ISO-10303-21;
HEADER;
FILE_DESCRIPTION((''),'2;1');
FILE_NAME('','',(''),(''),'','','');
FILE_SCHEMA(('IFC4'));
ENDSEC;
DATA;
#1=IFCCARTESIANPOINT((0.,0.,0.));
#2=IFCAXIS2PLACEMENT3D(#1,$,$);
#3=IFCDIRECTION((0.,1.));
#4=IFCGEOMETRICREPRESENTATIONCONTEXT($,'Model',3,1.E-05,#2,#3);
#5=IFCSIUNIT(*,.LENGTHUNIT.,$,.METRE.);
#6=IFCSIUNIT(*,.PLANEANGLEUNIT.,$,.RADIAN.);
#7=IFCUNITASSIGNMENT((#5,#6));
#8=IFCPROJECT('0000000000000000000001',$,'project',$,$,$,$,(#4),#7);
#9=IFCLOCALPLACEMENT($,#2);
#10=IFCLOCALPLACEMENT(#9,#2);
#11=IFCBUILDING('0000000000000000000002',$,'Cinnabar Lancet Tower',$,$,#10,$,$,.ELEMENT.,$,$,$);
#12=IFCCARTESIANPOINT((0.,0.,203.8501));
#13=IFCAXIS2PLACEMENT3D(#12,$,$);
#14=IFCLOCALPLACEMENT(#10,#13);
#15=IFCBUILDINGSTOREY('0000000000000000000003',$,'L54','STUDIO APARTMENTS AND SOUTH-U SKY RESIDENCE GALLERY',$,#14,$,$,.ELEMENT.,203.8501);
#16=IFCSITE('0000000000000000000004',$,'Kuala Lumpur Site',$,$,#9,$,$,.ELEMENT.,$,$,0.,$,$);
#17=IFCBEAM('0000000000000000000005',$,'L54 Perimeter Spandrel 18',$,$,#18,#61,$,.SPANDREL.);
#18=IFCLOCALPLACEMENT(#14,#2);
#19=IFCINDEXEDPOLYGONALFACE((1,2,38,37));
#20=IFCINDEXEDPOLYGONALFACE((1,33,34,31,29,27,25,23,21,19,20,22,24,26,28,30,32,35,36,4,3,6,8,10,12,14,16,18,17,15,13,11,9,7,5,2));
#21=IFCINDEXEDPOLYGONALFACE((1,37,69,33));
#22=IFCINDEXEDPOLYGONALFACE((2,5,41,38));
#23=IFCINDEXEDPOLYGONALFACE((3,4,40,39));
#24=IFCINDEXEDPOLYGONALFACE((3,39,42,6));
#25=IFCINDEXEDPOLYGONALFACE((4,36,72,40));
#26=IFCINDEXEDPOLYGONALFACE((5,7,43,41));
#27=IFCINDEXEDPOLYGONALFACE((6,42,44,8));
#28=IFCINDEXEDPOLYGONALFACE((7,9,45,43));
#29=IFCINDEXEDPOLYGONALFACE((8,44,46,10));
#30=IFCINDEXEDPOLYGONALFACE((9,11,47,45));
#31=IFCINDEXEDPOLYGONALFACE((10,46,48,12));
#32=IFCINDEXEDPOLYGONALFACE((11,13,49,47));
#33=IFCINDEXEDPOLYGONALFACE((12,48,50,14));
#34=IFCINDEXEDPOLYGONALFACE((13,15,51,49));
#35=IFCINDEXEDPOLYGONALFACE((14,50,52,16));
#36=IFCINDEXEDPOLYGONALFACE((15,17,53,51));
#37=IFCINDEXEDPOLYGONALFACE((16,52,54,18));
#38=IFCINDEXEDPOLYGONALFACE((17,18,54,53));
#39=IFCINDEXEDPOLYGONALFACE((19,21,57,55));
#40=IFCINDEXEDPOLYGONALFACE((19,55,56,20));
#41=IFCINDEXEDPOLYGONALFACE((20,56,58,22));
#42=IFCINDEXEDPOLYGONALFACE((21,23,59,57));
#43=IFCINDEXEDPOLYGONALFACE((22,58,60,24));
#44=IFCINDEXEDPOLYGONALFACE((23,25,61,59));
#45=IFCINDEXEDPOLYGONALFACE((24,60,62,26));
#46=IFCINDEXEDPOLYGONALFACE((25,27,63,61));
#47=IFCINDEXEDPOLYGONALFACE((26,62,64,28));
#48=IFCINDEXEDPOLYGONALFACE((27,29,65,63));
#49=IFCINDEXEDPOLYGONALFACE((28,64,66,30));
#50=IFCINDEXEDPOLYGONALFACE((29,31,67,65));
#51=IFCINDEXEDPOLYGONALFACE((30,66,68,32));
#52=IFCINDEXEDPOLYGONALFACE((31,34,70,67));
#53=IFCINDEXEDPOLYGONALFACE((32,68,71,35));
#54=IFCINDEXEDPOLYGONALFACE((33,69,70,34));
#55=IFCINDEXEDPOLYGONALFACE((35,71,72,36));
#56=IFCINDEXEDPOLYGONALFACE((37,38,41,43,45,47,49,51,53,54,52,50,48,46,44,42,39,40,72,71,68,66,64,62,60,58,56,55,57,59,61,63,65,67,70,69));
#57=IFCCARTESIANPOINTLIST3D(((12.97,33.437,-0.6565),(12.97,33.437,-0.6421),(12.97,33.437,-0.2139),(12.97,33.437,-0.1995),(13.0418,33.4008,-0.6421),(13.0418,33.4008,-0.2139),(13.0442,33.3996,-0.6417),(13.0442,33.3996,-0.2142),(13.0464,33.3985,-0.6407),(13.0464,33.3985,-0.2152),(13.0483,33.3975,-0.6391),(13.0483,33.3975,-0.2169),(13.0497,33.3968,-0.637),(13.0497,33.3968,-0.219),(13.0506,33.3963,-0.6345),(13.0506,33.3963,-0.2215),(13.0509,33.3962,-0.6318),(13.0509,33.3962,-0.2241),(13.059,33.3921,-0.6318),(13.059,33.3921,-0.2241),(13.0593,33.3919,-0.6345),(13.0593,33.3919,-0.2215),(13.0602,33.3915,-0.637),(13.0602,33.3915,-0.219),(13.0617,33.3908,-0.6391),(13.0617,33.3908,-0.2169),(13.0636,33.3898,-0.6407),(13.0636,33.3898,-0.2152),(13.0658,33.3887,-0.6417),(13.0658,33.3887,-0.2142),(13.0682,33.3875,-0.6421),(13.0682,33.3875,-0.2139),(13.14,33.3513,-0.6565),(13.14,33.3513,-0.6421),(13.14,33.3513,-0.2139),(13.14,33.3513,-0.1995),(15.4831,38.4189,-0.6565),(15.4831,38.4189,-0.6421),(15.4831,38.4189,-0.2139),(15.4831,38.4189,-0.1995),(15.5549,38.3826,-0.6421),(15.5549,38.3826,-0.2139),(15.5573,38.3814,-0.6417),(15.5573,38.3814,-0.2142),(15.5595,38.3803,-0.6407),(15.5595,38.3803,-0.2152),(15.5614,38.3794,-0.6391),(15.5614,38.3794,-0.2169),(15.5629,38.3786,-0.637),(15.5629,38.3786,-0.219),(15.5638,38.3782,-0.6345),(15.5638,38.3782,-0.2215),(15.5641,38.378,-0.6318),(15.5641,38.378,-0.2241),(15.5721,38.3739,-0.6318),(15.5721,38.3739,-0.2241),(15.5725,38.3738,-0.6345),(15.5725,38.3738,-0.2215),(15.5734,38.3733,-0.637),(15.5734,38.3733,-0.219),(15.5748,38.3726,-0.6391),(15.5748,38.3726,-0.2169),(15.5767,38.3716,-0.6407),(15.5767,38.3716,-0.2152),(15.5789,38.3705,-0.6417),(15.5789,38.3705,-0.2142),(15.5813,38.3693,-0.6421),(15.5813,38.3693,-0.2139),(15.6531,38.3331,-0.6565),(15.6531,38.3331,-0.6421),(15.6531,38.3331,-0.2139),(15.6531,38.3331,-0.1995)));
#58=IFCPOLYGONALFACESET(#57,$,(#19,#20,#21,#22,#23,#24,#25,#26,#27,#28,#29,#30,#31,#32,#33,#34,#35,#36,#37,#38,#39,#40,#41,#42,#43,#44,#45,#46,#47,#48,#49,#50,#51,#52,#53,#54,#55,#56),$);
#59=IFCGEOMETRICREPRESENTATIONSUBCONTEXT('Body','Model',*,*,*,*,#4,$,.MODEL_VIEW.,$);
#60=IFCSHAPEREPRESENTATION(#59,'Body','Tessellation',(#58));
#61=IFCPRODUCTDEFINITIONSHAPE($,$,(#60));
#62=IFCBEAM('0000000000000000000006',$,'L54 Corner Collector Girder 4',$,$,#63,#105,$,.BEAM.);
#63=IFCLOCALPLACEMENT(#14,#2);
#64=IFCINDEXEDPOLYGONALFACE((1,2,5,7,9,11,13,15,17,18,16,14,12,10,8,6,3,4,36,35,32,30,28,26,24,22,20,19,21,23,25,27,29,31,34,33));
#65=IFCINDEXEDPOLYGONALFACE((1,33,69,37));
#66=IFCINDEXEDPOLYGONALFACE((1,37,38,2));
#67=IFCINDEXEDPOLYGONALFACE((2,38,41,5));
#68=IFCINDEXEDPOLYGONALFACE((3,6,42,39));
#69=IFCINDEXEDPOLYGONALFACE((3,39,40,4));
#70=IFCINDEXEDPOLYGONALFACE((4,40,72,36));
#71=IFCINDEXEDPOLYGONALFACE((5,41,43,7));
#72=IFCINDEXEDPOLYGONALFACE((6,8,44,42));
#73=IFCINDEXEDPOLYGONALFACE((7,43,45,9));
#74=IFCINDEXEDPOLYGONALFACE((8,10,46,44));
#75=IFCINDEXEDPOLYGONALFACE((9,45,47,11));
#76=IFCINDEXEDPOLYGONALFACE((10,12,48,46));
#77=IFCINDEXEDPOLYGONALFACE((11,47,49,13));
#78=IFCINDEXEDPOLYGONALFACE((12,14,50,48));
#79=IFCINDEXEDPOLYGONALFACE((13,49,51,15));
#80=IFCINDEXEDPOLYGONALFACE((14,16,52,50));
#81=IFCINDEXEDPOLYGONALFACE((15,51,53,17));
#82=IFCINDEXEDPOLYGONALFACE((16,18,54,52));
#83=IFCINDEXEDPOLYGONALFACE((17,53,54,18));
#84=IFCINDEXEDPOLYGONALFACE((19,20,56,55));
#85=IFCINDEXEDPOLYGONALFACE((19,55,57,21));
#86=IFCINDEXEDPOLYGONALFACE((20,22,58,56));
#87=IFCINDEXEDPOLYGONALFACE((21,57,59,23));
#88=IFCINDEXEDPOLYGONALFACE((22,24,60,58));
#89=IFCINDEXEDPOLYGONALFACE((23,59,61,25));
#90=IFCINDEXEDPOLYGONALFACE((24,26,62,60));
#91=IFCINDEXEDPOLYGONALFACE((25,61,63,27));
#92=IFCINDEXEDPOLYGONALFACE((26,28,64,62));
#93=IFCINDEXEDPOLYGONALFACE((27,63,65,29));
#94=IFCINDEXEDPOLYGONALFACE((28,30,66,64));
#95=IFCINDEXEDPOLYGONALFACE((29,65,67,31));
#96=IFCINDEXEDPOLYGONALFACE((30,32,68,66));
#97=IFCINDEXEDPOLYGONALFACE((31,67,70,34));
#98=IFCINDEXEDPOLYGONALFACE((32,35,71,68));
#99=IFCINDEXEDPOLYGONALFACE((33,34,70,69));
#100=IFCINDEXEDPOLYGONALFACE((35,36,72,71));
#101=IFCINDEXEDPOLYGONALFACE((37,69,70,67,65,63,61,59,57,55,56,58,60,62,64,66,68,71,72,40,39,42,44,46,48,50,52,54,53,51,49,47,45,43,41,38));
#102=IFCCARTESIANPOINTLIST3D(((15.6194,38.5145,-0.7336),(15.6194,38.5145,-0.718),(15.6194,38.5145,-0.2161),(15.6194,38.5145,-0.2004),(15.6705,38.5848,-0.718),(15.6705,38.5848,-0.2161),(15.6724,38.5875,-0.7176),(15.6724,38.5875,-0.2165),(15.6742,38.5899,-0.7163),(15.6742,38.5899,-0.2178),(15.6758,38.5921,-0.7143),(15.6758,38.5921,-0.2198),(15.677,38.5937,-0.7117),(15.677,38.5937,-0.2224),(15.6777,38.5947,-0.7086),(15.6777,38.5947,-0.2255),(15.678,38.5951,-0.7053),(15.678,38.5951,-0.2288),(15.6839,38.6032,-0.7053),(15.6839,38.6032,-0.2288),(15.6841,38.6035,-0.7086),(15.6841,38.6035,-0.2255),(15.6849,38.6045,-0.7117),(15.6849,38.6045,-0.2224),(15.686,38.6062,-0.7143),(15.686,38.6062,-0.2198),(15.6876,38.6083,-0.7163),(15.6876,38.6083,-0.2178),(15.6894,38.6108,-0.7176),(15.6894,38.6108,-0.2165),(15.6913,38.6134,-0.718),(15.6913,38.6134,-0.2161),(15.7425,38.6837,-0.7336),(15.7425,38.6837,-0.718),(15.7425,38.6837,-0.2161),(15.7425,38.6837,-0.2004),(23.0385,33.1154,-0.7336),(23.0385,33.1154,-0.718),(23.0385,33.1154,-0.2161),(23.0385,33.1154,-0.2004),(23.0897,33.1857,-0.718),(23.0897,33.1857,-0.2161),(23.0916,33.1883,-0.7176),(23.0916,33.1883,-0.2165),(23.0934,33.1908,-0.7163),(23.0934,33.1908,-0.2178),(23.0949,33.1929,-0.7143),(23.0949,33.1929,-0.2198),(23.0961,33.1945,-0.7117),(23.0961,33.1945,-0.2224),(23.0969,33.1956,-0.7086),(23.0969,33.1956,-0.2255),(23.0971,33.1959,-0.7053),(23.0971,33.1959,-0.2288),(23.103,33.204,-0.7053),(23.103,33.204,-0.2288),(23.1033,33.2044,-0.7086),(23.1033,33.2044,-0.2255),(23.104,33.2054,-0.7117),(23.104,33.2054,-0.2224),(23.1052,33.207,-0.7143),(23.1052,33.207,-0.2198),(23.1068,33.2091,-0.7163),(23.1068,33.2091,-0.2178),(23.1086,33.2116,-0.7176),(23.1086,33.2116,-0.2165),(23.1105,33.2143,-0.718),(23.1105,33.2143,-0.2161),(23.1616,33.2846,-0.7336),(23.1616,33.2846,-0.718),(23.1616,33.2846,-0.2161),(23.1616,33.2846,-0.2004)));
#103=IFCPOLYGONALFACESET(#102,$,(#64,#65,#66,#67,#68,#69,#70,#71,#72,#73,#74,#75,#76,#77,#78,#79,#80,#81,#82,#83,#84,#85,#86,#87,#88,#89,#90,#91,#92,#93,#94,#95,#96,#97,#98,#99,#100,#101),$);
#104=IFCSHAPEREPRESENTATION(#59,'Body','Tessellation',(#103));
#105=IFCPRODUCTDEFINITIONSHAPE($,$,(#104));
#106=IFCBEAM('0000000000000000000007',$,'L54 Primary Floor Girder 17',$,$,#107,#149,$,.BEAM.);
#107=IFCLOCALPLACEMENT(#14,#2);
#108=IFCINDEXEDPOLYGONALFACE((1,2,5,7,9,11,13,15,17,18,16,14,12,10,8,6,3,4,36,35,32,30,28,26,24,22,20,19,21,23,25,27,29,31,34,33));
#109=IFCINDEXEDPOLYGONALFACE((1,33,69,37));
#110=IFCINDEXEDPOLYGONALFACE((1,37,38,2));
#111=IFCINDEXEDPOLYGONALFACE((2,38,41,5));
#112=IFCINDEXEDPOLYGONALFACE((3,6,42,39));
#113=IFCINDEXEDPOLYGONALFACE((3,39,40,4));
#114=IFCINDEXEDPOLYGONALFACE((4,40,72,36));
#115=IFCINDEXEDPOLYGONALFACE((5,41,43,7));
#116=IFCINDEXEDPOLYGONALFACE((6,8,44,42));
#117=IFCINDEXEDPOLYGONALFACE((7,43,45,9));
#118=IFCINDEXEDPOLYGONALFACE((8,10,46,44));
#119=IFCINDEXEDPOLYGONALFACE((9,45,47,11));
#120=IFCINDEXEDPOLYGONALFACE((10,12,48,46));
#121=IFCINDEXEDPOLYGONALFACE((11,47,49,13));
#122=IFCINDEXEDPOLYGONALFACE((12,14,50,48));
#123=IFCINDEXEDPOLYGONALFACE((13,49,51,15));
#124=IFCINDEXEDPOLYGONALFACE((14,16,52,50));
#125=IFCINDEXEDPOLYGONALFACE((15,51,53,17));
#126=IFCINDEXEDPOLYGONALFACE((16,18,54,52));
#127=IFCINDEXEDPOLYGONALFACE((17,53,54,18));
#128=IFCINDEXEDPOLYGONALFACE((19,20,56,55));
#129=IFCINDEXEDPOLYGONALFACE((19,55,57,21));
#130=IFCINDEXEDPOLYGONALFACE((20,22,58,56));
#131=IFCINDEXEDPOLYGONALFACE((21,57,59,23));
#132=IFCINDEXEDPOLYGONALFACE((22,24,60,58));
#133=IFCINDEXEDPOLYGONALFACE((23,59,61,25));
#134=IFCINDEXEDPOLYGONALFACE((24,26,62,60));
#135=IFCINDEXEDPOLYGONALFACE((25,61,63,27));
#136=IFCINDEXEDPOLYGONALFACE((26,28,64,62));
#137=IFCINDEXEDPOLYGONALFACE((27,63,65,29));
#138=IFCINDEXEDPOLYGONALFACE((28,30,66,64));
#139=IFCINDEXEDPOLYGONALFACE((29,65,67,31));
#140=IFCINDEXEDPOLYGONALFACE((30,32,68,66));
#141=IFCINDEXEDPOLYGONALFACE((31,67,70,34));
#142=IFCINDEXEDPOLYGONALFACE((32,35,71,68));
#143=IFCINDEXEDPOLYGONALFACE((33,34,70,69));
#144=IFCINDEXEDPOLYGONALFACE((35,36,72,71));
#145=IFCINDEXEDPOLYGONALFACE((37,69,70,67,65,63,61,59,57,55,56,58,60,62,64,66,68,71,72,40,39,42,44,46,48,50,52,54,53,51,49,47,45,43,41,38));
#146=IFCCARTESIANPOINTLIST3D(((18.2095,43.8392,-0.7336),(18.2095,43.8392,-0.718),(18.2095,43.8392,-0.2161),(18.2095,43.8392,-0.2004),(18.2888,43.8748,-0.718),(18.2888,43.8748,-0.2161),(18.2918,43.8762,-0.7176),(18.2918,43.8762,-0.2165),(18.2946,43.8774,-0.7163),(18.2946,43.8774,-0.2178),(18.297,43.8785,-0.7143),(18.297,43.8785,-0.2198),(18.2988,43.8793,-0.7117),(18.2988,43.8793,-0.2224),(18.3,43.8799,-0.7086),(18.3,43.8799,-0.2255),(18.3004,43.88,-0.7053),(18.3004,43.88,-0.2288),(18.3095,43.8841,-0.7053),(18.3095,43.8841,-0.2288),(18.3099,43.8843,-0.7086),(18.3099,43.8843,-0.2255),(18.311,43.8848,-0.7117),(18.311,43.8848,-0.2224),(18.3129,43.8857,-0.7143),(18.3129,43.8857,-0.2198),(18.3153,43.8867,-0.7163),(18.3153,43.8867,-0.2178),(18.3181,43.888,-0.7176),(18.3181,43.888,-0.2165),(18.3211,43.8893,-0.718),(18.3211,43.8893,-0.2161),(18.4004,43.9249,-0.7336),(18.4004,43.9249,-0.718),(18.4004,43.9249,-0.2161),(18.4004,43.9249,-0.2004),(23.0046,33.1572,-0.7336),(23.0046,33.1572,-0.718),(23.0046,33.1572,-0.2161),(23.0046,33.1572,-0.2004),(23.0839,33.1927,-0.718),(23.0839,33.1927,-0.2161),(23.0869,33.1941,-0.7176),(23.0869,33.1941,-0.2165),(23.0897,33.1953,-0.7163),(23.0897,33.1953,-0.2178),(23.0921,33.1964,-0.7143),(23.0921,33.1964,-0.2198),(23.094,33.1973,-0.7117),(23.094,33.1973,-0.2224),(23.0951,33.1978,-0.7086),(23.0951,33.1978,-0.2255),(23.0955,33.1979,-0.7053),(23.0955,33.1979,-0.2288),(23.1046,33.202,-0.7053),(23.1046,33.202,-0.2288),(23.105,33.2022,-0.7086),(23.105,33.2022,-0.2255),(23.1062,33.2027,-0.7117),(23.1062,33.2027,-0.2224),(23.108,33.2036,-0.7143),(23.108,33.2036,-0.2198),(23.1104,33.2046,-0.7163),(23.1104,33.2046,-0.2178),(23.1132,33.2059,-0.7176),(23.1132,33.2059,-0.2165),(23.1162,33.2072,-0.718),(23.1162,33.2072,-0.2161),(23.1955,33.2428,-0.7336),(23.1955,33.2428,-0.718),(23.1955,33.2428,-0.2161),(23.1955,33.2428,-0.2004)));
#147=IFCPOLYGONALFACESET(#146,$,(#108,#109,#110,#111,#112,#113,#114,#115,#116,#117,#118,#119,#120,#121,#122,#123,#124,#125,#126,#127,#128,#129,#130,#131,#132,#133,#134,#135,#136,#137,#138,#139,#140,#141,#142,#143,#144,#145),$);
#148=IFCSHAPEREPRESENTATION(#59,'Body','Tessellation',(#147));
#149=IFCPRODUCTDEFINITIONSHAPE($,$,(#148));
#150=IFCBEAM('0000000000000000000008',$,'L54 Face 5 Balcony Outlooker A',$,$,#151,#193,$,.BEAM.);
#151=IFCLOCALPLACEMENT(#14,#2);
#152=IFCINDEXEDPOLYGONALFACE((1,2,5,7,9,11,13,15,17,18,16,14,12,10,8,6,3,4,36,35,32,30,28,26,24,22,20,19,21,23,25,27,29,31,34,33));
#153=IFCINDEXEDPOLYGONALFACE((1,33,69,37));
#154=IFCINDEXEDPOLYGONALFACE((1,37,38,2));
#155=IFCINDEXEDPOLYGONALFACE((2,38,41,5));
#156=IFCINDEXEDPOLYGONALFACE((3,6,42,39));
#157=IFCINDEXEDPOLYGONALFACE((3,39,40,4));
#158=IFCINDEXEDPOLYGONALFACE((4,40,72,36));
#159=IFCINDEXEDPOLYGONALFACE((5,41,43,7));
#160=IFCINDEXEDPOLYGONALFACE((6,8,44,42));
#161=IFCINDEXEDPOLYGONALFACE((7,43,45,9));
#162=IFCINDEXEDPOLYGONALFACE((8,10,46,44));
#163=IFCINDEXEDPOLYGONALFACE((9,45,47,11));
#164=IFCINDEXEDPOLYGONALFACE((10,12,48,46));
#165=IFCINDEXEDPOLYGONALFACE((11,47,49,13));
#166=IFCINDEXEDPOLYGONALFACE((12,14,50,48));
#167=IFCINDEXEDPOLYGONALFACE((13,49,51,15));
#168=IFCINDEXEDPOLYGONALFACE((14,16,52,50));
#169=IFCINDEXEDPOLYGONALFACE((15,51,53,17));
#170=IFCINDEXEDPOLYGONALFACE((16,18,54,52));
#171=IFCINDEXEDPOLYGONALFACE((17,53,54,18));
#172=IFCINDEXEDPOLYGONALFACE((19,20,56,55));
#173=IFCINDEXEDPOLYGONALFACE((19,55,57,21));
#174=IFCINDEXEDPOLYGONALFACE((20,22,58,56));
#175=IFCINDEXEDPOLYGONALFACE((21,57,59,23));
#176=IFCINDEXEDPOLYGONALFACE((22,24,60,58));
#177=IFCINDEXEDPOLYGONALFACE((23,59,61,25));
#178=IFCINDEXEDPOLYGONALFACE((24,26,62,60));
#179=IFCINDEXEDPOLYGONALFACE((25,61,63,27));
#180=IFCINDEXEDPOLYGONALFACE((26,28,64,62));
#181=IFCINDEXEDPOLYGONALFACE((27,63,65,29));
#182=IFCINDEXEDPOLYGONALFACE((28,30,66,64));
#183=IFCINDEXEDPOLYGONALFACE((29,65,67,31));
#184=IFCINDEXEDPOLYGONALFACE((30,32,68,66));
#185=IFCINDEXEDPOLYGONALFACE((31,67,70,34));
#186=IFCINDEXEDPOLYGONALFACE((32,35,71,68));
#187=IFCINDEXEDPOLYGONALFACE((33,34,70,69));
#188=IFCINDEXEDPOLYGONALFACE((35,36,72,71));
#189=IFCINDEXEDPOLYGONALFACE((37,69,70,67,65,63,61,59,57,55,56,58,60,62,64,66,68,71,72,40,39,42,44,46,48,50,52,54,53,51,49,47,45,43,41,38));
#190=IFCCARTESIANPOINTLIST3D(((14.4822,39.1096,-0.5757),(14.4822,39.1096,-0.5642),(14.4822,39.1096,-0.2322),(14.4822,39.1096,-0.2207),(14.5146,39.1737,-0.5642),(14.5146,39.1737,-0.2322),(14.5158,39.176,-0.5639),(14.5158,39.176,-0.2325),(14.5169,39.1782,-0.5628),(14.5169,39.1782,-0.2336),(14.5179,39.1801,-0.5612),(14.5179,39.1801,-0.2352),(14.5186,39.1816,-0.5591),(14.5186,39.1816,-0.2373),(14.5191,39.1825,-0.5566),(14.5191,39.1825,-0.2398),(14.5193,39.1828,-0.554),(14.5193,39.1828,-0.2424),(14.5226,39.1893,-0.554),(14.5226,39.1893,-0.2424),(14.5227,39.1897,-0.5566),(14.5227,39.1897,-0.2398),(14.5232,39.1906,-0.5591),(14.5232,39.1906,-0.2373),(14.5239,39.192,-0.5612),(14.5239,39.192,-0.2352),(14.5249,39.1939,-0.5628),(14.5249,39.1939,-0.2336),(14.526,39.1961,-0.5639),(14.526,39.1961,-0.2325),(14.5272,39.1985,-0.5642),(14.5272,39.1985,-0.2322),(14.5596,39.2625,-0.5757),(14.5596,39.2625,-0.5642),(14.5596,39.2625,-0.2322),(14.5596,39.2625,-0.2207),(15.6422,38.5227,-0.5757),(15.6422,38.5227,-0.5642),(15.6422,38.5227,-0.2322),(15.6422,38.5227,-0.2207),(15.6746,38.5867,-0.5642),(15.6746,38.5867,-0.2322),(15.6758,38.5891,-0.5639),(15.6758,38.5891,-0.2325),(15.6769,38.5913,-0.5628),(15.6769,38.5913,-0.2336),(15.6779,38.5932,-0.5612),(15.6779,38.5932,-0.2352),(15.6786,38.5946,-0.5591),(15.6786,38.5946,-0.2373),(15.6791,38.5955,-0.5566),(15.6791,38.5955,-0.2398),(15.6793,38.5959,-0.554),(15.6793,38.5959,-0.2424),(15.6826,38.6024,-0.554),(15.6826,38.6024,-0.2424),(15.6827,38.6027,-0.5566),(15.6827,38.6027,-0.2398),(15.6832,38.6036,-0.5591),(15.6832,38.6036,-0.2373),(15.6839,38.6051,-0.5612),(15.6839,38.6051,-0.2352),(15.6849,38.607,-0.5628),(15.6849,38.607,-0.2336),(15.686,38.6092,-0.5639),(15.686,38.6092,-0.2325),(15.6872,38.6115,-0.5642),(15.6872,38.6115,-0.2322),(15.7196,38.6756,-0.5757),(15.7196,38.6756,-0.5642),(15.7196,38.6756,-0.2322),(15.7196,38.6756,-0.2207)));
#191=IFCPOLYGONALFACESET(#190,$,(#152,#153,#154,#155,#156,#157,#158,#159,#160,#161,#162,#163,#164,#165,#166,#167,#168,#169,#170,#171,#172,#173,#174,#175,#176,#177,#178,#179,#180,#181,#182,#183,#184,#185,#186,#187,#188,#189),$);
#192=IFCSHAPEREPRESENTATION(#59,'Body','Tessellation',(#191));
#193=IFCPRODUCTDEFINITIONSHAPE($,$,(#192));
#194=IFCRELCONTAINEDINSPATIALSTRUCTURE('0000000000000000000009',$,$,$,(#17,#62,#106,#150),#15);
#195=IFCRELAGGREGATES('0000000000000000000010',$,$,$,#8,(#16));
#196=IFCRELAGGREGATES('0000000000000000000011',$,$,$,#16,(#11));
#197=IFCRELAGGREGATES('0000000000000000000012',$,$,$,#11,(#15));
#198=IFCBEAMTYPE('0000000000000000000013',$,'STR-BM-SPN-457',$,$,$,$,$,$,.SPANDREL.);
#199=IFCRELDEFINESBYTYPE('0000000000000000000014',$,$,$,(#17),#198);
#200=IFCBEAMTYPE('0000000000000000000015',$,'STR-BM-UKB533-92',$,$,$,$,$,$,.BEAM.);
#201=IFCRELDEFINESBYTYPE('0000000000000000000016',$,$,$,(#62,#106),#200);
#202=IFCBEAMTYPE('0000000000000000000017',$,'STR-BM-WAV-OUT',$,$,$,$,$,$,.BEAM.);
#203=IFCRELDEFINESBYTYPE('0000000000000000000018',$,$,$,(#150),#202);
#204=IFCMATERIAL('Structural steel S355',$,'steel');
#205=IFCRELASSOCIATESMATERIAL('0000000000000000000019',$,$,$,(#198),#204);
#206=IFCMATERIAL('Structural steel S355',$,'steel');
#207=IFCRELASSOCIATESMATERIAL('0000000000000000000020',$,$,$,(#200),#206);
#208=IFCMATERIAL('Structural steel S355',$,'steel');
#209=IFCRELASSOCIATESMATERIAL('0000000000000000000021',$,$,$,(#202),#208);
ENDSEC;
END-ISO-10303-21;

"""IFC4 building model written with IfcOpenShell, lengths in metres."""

from ifc_helpers import new_model, si_unit, direction, frame, origin, origin_2d, place, context, subcontext, project, spatial, i_section, extrude, material, material_profile, profile_set, type_object, element, save


model = new_model("IFC4")

# Units and contexts
model_context = context("Model", 3, precision=1e-05, world=origin(), true_north=direction((0.0, 1.0)))
body_context = subcontext(model_context, "Body", "Model", "MODEL_VIEW")
ifc_project = project(units=[si_unit("LENGTHUNIT", "METRE"), si_unit("PLANEANGLEUNIT", "RADIAN")], contexts=[model_context])

# Site, building, storey
site_placement = place(None, origin())
site = spatial("IfcSite", under=ifc_project, at=site_placement, Name="Kuala Lumpur Site", CompositionType="ELEMENT", RefElevation=0.0)
building_placement = place(site_placement, origin())
building = spatial("IfcBuilding", under=site, at=building_placement, Name="Cinnabar Lancet Tower", CompositionType="ELEMENT")
storey_placement = place(building_placement, frame((0.0, 0.0, 203.8501)))
storey = spatial("IfcBuildingStorey", under=building, at=storey_placement, Name="L54", Description="STUDIO APARTMENTS AND SOUTH-U SKY RESIDENCE GALLERY", CompositionType="ELEMENT", Elevation=203.8501)

# Beams
ifc_material_1 = material(Name="Structural steel S355", Category="steel")
ifc_material_profile_1 = material_profile(ifc_material_1, i_section(OverallWidth=0.1904, OverallDepth=0.457, WebThickness=0.009, FlangeThickness=0.0144, FilletRadius=0.0103, at=origin_2d()), Name="UKB 457x191x74")
ifc_profile_set_1 = profile_set([ifc_material_profile_1], Name="Structural steel S355")
beam_type_1 = type_object("IfcBeamType", Name="STR-BM-SPN-457", PredefinedType="SPANDREL", material=ifc_profile_set_1)
beam_1_placement = place(storey_placement, frame((15.5681, 38.376, -0.428), z_axis=(-0.450396, -0.892829, 0.0), x_axis=(0.892829, -0.450396, 0.0)))
element("IfcBeam", 1, at=beam_1_placement, inside=storey, type_object=beam_type_1, Name="L54 Perimeter Spandrel 18", PredefinedType="SPANDREL", context=body_context, shape_type="SweptSolid", body=[
    extrude(i_section(OverallWidth=0.1904, OverallDepth=0.457, WebThickness=0.009, FlangeThickness=0.0144, FilletRadius=0.0103, at=origin_2d()), origin(), (0.0, 0.0, 1.0), 5.5798),
])
ifc_material_2 = material(Name="Structural steel S355", Category="steel")
ifc_material_profile_2 = material_profile(ifc_material_2, i_section(OverallWidth=0.2092, OverallDepth=0.5332, WebThickness=0.01, FlangeThickness=0.0156, FilletRadius=0.0127, at=origin_2d()), Name="UKB 533x210x92")
ifc_profile_set_2 = profile_set([ifc_material_profile_2], Name="Structural steel S355")
beam_type_2 = type_object("IfcBeamType", Name="STR-BM-UKB533-92", PredefinedType="BEAM", material=ifc_profile_set_2)
beam_2_placement = place(storey_placement, frame((15.6809, 38.5991, -0.467), z_axis=(0.80856, -0.588414, 0.0), x_axis=(0.588414, 0.80856, 0.0)))
element("IfcBeam", 2, at=beam_2_placement, inside=storey, type_object=beam_type_2, Name="L54 Corner Collector Girder 4", PredefinedType="BEAM", context=body_context, shape_type="SweptSolid", body=[
    extrude(i_section(OverallWidth=0.2092, OverallDepth=0.5332, WebThickness=0.01, FlangeThickness=0.0156, FilletRadius=0.0127, at=origin_2d()), origin(), (0.0, 0.0, 1.0), 9.1758),
])
beam_3_placement = place(storey_placement, frame((18.3049, 43.8821, -0.467), z_axis=(0.409527, -0.912298, 0.0), x_axis=(0.912298, 0.409527, 0.0)))
element("IfcBeam", 3, at=beam_3_placement, inside=storey, type_object=beam_type_2, Name="L54 Primary Floor Girder 17", PredefinedType="BEAM", context=body_context, shape_type="SweptSolid", body=[
    extrude(i_section(OverallWidth=0.2092, OverallDepth=0.5332, WebThickness=0.01, FlangeThickness=0.0156, FilletRadius=0.0127, at=origin_2d()), origin(), (0.0, 0.0, 1.0), 11.709),
])
ifc_material_3 = material(Name="Structural steel S355", Category="steel")
ifc_material_profile_3 = material_profile(ifc_material_3, i_section(OverallWidth=0.1714, OverallDepth=0.355, WebThickness=0.0073, FlangeThickness=0.0115, FilletRadius=0.0103, at=origin_2d()), Name="UKB 356x171x51")
ifc_profile_set_3 = profile_set([ifc_material_profile_3], Name="Structural steel S355")
beam_type_3 = type_object("IfcBeamType", Name="STR-BM-WAV-OUT", PredefinedType="BEAM", material=ifc_profile_set_3)
for number, where, z_axis, x_axis, name in (
    (4, (15.6809, 38.5991, -0.3982), (-0.892276, 0.45149, 0.0), (-0.45149, -0.892276, 0.0), "L54 Face 5 Balcony Outlooker A"),
):
    element("IfcBeam", number, at=place(storey_placement, frame(where, z_axis=z_axis, x_axis=x_axis)), inside=storey, type_object=beam_type_3, Name=name, PredefinedType="BEAM", context=body_context, shape_type="SweptSolid", body=[
        extrude(i_section(OverallWidth=0.1714, OverallDepth=0.355, WebThickness=0.0073, FlangeThickness=0.0115, FilletRadius=0.0103, at=origin_2d()), origin(), (0.0, 0.0, 1.0), 1.3),
    ])

save(model, "model.ifc")
